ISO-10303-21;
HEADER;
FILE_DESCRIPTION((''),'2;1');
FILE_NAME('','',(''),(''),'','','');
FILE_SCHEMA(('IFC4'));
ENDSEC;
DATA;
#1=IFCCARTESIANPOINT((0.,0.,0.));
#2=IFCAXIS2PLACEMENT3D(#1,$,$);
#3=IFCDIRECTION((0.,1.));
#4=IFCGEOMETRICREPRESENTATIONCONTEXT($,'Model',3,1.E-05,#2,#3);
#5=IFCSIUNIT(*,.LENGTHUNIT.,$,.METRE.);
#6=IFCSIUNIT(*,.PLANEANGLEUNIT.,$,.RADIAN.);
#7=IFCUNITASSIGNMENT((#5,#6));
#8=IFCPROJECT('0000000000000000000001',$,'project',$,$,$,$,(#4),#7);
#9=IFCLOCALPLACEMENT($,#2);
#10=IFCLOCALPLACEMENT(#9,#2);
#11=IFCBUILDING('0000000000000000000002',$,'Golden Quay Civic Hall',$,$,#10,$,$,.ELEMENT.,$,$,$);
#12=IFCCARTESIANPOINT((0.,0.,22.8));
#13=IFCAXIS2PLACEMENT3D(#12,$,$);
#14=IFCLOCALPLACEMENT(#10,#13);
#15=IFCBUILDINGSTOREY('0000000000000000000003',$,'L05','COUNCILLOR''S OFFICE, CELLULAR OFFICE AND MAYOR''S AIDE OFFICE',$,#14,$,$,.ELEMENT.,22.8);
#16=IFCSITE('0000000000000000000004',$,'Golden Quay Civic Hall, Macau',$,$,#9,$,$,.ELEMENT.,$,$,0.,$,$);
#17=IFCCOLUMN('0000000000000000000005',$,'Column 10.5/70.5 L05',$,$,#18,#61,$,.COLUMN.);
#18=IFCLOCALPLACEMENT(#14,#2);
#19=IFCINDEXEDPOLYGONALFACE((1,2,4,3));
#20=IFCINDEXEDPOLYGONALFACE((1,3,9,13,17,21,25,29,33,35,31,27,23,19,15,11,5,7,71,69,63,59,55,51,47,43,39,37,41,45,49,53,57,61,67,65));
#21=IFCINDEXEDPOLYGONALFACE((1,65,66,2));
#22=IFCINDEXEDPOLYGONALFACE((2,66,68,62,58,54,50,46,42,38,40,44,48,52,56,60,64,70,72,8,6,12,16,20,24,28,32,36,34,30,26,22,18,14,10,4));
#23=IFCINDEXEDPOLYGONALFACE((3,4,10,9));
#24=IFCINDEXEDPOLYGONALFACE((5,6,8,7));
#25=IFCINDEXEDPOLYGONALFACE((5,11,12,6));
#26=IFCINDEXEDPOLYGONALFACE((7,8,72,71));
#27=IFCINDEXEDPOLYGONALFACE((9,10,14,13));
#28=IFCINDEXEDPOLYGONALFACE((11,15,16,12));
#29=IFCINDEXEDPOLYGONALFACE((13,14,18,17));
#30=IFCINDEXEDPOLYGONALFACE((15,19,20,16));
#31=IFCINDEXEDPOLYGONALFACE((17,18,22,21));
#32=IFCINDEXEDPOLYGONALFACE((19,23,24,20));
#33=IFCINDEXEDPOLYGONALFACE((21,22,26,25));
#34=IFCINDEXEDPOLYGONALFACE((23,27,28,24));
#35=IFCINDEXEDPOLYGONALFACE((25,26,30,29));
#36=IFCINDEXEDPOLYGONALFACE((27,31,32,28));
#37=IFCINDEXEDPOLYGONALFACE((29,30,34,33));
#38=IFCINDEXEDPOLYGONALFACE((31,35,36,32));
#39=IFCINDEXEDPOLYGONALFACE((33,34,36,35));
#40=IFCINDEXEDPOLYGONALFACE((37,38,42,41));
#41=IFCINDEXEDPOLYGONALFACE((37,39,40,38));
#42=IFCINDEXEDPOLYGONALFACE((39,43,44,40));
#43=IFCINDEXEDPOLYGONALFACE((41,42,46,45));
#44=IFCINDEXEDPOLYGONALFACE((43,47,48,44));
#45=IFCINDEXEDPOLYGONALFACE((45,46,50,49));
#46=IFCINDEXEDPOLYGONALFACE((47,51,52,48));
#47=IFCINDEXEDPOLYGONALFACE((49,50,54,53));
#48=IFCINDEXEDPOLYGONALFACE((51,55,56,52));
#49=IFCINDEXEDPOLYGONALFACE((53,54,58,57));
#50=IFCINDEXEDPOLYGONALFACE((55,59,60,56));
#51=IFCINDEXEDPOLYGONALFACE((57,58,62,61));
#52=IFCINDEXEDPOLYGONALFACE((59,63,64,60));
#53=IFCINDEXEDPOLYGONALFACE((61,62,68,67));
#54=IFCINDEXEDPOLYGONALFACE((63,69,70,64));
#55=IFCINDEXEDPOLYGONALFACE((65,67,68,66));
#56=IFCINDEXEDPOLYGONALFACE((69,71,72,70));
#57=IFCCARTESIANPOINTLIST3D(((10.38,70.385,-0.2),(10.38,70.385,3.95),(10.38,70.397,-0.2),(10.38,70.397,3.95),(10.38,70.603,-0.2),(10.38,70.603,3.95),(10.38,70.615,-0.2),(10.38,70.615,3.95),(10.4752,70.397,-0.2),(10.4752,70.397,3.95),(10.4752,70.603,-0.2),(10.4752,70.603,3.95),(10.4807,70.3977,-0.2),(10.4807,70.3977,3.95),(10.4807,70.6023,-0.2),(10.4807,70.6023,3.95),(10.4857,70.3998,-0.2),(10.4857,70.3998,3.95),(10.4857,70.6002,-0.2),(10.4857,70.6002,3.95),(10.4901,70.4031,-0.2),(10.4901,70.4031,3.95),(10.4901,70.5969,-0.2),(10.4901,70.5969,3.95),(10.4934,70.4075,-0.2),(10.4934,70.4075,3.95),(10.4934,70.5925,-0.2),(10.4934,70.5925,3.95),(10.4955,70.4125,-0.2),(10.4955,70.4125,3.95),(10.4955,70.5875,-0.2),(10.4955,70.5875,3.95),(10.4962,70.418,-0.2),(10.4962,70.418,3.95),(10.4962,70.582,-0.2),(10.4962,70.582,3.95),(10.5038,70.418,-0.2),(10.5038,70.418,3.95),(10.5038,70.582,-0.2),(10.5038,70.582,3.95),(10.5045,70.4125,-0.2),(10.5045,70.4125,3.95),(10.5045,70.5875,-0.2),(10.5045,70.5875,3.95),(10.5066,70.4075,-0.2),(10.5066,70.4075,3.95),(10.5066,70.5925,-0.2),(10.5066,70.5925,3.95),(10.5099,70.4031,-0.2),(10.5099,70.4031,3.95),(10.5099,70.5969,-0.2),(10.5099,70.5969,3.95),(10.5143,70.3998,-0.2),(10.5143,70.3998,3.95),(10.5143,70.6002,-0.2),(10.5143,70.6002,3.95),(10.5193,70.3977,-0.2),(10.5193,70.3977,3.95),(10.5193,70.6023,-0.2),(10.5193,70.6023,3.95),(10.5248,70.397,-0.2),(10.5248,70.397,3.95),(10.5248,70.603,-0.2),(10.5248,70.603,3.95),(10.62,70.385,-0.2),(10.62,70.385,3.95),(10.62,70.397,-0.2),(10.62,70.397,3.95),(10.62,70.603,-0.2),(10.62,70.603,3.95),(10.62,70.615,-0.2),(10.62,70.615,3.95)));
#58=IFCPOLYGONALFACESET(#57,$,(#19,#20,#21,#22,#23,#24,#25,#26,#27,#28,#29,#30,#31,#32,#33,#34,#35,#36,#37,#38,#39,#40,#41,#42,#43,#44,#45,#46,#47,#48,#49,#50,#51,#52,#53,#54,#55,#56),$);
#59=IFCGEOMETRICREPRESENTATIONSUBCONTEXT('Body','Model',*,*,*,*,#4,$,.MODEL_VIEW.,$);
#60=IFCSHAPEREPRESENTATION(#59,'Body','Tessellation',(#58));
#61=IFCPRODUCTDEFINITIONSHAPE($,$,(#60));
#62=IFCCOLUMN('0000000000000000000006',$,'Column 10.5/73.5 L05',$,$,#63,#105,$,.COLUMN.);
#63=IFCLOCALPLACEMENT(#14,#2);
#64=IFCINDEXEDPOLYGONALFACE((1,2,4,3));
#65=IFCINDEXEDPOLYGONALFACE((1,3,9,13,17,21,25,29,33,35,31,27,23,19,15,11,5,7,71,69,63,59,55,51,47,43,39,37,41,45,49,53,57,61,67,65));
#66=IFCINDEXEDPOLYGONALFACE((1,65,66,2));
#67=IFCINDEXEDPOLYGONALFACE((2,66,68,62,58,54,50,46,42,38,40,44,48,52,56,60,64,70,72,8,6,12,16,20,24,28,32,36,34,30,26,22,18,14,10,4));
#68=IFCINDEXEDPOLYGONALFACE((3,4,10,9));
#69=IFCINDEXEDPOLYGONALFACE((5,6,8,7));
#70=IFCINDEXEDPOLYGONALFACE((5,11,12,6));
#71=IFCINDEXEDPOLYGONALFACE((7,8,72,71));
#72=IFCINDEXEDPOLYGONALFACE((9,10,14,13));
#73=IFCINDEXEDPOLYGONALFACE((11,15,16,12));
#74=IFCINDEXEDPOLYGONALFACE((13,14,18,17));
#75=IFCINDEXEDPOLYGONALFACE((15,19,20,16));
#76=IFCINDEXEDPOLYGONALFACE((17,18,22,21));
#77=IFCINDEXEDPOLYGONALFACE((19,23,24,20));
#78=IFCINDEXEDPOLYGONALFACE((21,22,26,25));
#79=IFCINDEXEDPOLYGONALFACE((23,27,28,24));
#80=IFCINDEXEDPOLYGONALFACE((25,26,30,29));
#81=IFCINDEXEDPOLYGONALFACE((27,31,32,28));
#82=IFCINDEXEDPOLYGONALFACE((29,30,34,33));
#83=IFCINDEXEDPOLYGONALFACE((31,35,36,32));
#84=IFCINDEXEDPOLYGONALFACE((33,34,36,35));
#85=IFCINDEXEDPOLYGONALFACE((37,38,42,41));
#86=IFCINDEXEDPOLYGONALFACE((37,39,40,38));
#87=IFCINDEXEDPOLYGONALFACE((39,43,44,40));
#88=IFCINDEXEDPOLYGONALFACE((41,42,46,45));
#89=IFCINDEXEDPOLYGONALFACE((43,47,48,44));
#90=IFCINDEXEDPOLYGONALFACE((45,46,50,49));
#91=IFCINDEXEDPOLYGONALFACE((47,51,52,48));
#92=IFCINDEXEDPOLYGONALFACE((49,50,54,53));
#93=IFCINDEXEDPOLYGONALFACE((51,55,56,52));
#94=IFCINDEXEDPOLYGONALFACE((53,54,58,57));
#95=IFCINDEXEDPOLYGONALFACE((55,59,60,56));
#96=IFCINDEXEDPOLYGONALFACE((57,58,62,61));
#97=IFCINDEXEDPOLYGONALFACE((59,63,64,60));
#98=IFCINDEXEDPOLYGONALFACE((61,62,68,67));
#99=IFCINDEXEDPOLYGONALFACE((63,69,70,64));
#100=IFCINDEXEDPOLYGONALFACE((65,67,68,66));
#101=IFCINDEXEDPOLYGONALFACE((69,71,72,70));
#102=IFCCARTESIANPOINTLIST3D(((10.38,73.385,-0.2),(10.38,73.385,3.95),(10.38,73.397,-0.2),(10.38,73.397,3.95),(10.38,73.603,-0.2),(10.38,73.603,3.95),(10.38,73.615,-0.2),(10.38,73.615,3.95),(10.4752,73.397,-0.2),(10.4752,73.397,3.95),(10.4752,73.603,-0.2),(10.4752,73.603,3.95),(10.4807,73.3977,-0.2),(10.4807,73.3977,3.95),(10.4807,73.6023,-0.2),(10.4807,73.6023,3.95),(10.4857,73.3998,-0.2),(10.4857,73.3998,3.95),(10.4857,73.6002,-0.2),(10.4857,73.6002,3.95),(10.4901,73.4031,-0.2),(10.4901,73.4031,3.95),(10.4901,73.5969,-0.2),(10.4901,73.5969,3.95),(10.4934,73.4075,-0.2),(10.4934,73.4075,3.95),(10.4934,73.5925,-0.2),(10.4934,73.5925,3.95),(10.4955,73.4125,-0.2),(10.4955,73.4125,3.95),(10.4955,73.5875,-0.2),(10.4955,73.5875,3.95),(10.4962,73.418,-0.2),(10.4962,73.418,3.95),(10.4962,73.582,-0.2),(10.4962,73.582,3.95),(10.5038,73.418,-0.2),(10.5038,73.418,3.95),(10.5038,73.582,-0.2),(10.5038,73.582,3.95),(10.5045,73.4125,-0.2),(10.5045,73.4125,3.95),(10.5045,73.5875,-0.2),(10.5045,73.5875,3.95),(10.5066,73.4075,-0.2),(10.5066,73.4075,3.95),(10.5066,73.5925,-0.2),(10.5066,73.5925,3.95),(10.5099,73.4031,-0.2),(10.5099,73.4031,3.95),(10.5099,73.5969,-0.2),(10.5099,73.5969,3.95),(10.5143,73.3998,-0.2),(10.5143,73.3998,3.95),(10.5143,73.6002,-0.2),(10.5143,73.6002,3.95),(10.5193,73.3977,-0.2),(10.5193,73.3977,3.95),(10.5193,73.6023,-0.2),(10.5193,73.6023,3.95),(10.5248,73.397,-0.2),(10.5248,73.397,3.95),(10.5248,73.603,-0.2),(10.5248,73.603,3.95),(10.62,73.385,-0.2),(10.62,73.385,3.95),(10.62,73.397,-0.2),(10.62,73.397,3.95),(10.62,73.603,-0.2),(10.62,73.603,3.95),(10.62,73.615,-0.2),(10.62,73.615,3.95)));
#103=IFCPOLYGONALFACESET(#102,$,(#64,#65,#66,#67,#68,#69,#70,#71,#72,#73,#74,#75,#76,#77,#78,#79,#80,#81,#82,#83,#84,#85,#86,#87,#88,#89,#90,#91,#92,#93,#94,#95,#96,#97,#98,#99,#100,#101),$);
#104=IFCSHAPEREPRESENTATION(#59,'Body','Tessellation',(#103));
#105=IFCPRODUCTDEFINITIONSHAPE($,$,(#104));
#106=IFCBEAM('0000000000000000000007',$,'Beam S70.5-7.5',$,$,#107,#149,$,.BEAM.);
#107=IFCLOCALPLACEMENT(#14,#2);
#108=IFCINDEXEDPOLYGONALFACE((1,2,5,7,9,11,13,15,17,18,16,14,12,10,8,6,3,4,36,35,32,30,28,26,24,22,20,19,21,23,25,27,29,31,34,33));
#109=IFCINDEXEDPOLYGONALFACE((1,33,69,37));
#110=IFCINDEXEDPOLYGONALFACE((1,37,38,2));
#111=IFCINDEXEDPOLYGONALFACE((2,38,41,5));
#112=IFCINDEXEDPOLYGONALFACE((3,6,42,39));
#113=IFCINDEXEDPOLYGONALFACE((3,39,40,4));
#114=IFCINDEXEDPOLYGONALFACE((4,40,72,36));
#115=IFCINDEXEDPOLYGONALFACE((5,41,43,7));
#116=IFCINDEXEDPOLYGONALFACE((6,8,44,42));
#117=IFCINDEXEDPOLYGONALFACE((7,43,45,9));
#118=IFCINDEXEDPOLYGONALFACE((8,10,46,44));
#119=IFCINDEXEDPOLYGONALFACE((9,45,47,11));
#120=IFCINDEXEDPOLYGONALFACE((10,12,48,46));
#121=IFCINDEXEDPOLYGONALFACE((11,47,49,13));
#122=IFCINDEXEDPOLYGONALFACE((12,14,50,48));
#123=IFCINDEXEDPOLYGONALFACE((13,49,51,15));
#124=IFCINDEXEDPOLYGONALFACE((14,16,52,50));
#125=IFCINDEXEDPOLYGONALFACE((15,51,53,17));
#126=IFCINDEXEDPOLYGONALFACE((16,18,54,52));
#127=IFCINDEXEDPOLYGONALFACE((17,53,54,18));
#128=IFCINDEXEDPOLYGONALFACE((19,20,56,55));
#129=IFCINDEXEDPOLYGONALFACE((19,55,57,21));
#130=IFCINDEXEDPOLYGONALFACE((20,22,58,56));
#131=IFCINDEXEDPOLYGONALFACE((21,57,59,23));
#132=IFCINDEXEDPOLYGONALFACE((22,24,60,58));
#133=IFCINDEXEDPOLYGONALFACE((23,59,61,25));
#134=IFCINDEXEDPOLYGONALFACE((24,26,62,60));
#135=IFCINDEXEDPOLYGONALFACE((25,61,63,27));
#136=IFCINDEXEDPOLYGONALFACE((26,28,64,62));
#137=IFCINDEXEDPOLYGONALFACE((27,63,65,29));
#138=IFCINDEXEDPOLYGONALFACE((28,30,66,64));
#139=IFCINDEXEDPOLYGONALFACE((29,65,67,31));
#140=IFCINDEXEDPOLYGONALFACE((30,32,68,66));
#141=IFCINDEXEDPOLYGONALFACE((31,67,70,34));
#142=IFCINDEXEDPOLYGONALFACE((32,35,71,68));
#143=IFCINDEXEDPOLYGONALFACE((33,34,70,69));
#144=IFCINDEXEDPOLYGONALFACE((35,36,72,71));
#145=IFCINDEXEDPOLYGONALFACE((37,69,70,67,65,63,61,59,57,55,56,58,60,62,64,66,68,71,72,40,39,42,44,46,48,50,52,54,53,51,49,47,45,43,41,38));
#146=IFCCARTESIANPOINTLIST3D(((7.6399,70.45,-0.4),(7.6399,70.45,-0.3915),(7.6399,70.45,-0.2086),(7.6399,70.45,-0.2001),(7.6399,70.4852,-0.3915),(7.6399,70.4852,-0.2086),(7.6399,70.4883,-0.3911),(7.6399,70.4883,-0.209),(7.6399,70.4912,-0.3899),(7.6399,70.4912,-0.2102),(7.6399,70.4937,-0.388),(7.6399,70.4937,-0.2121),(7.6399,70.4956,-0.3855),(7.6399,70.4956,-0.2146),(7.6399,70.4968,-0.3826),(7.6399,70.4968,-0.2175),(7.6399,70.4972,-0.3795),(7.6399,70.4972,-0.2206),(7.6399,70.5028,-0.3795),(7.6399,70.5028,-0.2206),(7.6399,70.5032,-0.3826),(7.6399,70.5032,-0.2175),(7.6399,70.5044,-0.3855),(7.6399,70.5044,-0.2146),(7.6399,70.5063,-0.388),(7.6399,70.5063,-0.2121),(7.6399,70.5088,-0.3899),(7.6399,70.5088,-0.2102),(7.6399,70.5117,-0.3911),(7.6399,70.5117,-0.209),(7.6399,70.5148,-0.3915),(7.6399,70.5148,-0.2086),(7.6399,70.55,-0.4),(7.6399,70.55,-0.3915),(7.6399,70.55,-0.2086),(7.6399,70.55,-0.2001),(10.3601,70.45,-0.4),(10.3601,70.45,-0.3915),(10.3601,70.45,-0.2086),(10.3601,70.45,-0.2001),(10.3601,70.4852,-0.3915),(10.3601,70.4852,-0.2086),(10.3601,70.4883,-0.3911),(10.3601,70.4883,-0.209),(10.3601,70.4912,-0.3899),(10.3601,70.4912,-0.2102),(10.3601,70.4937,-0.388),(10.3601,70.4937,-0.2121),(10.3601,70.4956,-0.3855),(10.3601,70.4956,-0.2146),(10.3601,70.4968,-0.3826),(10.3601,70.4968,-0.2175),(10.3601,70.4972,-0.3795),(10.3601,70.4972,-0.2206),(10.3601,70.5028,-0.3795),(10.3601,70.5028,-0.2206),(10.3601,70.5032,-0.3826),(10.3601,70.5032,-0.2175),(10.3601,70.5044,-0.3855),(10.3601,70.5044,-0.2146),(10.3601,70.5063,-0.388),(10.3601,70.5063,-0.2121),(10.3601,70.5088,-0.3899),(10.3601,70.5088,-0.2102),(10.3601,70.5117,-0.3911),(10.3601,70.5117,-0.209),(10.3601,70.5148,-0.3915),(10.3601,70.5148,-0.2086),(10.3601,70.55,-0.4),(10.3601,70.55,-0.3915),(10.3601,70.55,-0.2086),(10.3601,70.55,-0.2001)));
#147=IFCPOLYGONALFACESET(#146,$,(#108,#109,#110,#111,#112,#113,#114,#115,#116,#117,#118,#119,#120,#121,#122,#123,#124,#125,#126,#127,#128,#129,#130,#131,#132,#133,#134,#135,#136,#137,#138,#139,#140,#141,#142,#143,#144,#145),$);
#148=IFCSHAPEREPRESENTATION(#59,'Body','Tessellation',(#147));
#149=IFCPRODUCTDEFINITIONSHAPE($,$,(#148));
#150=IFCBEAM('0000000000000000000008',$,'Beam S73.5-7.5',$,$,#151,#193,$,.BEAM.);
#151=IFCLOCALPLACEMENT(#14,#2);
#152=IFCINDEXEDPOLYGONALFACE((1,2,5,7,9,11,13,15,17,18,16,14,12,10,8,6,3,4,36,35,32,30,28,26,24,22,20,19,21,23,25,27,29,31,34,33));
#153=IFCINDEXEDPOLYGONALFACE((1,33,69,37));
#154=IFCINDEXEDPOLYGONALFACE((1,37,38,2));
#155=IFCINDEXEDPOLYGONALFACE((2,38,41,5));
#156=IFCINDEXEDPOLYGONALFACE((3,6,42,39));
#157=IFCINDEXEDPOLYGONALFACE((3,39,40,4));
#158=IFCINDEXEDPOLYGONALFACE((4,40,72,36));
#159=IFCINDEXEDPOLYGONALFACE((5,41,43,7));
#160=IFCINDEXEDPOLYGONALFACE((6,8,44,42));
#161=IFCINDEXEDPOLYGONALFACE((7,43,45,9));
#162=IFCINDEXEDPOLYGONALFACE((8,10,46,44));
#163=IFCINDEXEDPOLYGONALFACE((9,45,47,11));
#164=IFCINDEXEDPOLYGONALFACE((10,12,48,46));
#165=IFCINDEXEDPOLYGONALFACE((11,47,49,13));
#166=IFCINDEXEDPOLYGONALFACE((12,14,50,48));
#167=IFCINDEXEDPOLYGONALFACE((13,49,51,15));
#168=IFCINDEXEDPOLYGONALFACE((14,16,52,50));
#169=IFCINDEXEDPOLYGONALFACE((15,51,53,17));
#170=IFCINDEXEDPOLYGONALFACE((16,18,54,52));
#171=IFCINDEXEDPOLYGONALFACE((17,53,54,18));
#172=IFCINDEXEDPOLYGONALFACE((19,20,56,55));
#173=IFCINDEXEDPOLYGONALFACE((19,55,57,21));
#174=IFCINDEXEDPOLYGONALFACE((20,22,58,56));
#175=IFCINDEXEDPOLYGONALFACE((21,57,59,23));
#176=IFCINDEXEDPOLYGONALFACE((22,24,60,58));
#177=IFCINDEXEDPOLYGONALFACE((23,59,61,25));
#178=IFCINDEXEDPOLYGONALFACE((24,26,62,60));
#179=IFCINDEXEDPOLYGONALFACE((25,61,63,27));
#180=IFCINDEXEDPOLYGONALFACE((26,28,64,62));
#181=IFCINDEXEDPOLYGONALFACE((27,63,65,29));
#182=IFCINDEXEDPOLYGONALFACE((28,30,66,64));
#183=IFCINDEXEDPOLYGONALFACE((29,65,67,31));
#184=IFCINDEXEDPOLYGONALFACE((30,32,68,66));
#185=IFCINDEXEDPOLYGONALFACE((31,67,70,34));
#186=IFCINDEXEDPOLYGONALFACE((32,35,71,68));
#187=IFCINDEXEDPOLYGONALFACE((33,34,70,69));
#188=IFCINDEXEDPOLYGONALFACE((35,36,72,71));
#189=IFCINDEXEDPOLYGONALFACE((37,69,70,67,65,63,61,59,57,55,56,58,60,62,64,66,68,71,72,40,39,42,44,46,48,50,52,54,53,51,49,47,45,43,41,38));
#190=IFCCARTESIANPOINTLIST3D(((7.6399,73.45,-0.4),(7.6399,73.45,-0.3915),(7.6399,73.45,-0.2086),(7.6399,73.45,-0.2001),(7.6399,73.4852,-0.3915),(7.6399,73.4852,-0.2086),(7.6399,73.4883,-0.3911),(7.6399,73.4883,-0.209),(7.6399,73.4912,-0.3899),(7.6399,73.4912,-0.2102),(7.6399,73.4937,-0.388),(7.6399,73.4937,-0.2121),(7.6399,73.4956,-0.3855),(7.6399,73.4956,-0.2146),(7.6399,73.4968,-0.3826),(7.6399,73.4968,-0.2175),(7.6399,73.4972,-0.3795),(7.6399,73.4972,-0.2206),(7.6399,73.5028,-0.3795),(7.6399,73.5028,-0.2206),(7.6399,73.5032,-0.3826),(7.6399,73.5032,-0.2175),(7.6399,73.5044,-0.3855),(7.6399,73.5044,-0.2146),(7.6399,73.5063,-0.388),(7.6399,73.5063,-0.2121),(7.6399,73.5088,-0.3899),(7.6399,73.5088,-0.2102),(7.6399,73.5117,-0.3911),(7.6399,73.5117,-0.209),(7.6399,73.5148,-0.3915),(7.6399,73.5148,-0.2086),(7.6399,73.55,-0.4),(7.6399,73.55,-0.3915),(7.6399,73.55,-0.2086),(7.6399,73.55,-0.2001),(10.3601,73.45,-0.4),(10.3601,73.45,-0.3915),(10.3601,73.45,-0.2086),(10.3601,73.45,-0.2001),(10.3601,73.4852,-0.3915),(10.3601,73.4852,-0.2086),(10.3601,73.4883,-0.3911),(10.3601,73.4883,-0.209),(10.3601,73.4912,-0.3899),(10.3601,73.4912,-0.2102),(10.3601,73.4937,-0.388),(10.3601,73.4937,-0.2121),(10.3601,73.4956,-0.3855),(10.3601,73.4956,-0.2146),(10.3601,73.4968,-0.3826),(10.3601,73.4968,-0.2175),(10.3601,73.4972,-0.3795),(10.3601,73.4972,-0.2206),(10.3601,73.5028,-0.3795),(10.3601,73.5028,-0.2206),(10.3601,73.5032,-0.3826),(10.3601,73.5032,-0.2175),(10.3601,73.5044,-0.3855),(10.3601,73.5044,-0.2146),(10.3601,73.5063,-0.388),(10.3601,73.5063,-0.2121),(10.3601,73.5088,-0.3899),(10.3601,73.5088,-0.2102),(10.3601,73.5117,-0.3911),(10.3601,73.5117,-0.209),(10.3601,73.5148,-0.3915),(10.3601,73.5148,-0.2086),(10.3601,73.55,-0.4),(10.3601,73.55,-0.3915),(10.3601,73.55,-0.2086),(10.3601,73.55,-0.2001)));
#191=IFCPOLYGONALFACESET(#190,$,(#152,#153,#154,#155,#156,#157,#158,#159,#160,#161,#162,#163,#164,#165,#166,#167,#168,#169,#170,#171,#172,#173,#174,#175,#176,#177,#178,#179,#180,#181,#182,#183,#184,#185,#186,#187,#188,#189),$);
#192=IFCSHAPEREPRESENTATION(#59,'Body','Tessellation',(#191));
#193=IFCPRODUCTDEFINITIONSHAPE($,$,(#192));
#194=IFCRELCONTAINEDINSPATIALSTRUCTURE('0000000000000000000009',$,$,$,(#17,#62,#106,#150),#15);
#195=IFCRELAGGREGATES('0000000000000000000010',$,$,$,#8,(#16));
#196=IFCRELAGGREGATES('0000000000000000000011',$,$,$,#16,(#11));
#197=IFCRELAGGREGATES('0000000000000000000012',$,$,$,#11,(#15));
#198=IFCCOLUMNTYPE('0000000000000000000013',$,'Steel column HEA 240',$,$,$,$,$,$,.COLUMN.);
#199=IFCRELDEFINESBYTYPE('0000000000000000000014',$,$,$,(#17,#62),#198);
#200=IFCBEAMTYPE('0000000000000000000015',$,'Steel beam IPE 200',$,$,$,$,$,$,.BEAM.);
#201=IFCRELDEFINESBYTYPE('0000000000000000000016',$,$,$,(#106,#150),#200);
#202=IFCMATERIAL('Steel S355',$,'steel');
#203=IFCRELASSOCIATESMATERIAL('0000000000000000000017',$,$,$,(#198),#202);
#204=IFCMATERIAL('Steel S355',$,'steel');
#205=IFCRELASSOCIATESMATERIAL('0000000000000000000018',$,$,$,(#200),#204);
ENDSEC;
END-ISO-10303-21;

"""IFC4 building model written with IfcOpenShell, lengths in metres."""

from ifc_helpers import new_model, si_unit, direction, frame, origin, origin_2d, place, context, subcontext, project, spatial, i_section, extrude, material, material_profile, profile_set, type_object, element, save


model = new_model("IFC4")

# Units and contexts
model_context = context("Model", 3, precision=1e-05, world=origin(), true_north=direction((0.0, 1.0)))
body_context = subcontext(model_context, "Body", "Model", "MODEL_VIEW")
ifc_project = project(units=[si_unit("LENGTHUNIT", "METRE"), si_unit("PLANEANGLEUNIT", "RADIAN")], contexts=[model_context])

# Site, building, storey
site_placement = place(None, origin())
site = spatial("IfcSite", under=ifc_project, at=site_placement, Name="Golden Quay Civic Hall, Macau", CompositionType="ELEMENT", RefElevation=0.0)
building_placement = place(site_placement, origin())
building = spatial("IfcBuilding", under=site, at=building_placement, Name="Golden Quay Civic Hall", CompositionType="ELEMENT")
storey_placement = place(building_placement, frame((0.0, 0.0, 22.8)))
storey = spatial("IfcBuildingStorey", under=building, at=storey_placement, Name="L05", Description="COUNCILLOR'S OFFICE, CELLULAR OFFICE AND MAYOR'S AIDE OFFICE", CompositionType="ELEMENT", Elevation=22.8)

# Columns
ifc_material_1 = material(Name="Steel S355", Category="steel")
ifc_material_profile_1 = material_profile(ifc_material_1, i_section(OverallWidth=0.24, OverallDepth=0.23, WebThickness=0.0076, FlangeThickness=0.012, FilletRadius=0.021, at=origin_2d()), Name="HEA 240")
ifc_profile_set_1 = profile_set([ifc_material_profile_1], Name="Steel S355")
column_type = type_object("IfcColumnType", Name="Steel column HEA 240", PredefinedType="COLUMN", material=ifc_profile_set_1)
for number, where, z_axis, x_axis, name in (
    (1, (10.5, 70.5, -0.2), (0.0, 0.0, 1.0), (1.0, 0.0, 0.0), "Column 10.5/70.5 L05"),
    (2, (10.5, 73.5, -0.2), (0.0, 0.0, 1.0), (1.0, 0.0, 0.0), "Column 10.5/73.5 L05"),
):
    element("IfcColumn", number, at=place(storey_placement, frame(where, z_axis=z_axis, x_axis=x_axis)), inside=storey, type_object=column_type, Name=name, PredefinedType="COLUMN", context=body_context, shape_type="SweptSolid", body=[
        extrude(i_section(OverallWidth=0.24, OverallDepth=0.23, WebThickness=0.0076, FlangeThickness=0.012, FilletRadius=0.021, at=origin_2d()), origin(), (0.0, 0.0, 1.0), 4.1499),
    ])

# Beams
ifc_material_2 = material(Name="Steel S355", Category="steel")
ifc_material_profile_2 = material_profile(ifc_material_2, i_section(OverallWidth=0.1001, OverallDepth=0.2, WebThickness=0.0056, FlangeThickness=0.0085, FilletRadius=0.012, at=origin_2d()), Name="IPE 200")
ifc_profile_set_2 = profile_set([ifc_material_profile_2], Name="Steel S355")
beam_type_1 = type_object("IfcBeamType", Name="Steel beam IPE 200", PredefinedType="BEAM", material=ifc_profile_set_2)
for number, where, z_axis, x_axis, name in (
    (3, (7.6399, 70.5, -0.3), (1.0, 0.0, 0.0), (0.0, 1.0, 0.0), "Beam S70.5-7.5"),
    (4, (7.6399, 73.5, -0.3), (1.0, 0.0, 0.0), (0.0, 1.0, 0.0), "Beam S73.5-7.5"),
):
    element("IfcBeam", number, at=place(storey_placement, frame(where, z_axis=z_axis, x_axis=x_axis)), inside=storey, type_object=beam_type_1, Name=name, PredefinedType="BEAM", context=body_context, shape_type="SweptSolid", body=[
        extrude(i_section(OverallWidth=0.1001, OverallDepth=0.2, WebThickness=0.0056, FlangeThickness=0.0085, FilletRadius=0.012, at=origin_2d()), origin(), (0.0, 0.0, 1.0), 2.7202),
    ])

save(model, "model.ifc")
